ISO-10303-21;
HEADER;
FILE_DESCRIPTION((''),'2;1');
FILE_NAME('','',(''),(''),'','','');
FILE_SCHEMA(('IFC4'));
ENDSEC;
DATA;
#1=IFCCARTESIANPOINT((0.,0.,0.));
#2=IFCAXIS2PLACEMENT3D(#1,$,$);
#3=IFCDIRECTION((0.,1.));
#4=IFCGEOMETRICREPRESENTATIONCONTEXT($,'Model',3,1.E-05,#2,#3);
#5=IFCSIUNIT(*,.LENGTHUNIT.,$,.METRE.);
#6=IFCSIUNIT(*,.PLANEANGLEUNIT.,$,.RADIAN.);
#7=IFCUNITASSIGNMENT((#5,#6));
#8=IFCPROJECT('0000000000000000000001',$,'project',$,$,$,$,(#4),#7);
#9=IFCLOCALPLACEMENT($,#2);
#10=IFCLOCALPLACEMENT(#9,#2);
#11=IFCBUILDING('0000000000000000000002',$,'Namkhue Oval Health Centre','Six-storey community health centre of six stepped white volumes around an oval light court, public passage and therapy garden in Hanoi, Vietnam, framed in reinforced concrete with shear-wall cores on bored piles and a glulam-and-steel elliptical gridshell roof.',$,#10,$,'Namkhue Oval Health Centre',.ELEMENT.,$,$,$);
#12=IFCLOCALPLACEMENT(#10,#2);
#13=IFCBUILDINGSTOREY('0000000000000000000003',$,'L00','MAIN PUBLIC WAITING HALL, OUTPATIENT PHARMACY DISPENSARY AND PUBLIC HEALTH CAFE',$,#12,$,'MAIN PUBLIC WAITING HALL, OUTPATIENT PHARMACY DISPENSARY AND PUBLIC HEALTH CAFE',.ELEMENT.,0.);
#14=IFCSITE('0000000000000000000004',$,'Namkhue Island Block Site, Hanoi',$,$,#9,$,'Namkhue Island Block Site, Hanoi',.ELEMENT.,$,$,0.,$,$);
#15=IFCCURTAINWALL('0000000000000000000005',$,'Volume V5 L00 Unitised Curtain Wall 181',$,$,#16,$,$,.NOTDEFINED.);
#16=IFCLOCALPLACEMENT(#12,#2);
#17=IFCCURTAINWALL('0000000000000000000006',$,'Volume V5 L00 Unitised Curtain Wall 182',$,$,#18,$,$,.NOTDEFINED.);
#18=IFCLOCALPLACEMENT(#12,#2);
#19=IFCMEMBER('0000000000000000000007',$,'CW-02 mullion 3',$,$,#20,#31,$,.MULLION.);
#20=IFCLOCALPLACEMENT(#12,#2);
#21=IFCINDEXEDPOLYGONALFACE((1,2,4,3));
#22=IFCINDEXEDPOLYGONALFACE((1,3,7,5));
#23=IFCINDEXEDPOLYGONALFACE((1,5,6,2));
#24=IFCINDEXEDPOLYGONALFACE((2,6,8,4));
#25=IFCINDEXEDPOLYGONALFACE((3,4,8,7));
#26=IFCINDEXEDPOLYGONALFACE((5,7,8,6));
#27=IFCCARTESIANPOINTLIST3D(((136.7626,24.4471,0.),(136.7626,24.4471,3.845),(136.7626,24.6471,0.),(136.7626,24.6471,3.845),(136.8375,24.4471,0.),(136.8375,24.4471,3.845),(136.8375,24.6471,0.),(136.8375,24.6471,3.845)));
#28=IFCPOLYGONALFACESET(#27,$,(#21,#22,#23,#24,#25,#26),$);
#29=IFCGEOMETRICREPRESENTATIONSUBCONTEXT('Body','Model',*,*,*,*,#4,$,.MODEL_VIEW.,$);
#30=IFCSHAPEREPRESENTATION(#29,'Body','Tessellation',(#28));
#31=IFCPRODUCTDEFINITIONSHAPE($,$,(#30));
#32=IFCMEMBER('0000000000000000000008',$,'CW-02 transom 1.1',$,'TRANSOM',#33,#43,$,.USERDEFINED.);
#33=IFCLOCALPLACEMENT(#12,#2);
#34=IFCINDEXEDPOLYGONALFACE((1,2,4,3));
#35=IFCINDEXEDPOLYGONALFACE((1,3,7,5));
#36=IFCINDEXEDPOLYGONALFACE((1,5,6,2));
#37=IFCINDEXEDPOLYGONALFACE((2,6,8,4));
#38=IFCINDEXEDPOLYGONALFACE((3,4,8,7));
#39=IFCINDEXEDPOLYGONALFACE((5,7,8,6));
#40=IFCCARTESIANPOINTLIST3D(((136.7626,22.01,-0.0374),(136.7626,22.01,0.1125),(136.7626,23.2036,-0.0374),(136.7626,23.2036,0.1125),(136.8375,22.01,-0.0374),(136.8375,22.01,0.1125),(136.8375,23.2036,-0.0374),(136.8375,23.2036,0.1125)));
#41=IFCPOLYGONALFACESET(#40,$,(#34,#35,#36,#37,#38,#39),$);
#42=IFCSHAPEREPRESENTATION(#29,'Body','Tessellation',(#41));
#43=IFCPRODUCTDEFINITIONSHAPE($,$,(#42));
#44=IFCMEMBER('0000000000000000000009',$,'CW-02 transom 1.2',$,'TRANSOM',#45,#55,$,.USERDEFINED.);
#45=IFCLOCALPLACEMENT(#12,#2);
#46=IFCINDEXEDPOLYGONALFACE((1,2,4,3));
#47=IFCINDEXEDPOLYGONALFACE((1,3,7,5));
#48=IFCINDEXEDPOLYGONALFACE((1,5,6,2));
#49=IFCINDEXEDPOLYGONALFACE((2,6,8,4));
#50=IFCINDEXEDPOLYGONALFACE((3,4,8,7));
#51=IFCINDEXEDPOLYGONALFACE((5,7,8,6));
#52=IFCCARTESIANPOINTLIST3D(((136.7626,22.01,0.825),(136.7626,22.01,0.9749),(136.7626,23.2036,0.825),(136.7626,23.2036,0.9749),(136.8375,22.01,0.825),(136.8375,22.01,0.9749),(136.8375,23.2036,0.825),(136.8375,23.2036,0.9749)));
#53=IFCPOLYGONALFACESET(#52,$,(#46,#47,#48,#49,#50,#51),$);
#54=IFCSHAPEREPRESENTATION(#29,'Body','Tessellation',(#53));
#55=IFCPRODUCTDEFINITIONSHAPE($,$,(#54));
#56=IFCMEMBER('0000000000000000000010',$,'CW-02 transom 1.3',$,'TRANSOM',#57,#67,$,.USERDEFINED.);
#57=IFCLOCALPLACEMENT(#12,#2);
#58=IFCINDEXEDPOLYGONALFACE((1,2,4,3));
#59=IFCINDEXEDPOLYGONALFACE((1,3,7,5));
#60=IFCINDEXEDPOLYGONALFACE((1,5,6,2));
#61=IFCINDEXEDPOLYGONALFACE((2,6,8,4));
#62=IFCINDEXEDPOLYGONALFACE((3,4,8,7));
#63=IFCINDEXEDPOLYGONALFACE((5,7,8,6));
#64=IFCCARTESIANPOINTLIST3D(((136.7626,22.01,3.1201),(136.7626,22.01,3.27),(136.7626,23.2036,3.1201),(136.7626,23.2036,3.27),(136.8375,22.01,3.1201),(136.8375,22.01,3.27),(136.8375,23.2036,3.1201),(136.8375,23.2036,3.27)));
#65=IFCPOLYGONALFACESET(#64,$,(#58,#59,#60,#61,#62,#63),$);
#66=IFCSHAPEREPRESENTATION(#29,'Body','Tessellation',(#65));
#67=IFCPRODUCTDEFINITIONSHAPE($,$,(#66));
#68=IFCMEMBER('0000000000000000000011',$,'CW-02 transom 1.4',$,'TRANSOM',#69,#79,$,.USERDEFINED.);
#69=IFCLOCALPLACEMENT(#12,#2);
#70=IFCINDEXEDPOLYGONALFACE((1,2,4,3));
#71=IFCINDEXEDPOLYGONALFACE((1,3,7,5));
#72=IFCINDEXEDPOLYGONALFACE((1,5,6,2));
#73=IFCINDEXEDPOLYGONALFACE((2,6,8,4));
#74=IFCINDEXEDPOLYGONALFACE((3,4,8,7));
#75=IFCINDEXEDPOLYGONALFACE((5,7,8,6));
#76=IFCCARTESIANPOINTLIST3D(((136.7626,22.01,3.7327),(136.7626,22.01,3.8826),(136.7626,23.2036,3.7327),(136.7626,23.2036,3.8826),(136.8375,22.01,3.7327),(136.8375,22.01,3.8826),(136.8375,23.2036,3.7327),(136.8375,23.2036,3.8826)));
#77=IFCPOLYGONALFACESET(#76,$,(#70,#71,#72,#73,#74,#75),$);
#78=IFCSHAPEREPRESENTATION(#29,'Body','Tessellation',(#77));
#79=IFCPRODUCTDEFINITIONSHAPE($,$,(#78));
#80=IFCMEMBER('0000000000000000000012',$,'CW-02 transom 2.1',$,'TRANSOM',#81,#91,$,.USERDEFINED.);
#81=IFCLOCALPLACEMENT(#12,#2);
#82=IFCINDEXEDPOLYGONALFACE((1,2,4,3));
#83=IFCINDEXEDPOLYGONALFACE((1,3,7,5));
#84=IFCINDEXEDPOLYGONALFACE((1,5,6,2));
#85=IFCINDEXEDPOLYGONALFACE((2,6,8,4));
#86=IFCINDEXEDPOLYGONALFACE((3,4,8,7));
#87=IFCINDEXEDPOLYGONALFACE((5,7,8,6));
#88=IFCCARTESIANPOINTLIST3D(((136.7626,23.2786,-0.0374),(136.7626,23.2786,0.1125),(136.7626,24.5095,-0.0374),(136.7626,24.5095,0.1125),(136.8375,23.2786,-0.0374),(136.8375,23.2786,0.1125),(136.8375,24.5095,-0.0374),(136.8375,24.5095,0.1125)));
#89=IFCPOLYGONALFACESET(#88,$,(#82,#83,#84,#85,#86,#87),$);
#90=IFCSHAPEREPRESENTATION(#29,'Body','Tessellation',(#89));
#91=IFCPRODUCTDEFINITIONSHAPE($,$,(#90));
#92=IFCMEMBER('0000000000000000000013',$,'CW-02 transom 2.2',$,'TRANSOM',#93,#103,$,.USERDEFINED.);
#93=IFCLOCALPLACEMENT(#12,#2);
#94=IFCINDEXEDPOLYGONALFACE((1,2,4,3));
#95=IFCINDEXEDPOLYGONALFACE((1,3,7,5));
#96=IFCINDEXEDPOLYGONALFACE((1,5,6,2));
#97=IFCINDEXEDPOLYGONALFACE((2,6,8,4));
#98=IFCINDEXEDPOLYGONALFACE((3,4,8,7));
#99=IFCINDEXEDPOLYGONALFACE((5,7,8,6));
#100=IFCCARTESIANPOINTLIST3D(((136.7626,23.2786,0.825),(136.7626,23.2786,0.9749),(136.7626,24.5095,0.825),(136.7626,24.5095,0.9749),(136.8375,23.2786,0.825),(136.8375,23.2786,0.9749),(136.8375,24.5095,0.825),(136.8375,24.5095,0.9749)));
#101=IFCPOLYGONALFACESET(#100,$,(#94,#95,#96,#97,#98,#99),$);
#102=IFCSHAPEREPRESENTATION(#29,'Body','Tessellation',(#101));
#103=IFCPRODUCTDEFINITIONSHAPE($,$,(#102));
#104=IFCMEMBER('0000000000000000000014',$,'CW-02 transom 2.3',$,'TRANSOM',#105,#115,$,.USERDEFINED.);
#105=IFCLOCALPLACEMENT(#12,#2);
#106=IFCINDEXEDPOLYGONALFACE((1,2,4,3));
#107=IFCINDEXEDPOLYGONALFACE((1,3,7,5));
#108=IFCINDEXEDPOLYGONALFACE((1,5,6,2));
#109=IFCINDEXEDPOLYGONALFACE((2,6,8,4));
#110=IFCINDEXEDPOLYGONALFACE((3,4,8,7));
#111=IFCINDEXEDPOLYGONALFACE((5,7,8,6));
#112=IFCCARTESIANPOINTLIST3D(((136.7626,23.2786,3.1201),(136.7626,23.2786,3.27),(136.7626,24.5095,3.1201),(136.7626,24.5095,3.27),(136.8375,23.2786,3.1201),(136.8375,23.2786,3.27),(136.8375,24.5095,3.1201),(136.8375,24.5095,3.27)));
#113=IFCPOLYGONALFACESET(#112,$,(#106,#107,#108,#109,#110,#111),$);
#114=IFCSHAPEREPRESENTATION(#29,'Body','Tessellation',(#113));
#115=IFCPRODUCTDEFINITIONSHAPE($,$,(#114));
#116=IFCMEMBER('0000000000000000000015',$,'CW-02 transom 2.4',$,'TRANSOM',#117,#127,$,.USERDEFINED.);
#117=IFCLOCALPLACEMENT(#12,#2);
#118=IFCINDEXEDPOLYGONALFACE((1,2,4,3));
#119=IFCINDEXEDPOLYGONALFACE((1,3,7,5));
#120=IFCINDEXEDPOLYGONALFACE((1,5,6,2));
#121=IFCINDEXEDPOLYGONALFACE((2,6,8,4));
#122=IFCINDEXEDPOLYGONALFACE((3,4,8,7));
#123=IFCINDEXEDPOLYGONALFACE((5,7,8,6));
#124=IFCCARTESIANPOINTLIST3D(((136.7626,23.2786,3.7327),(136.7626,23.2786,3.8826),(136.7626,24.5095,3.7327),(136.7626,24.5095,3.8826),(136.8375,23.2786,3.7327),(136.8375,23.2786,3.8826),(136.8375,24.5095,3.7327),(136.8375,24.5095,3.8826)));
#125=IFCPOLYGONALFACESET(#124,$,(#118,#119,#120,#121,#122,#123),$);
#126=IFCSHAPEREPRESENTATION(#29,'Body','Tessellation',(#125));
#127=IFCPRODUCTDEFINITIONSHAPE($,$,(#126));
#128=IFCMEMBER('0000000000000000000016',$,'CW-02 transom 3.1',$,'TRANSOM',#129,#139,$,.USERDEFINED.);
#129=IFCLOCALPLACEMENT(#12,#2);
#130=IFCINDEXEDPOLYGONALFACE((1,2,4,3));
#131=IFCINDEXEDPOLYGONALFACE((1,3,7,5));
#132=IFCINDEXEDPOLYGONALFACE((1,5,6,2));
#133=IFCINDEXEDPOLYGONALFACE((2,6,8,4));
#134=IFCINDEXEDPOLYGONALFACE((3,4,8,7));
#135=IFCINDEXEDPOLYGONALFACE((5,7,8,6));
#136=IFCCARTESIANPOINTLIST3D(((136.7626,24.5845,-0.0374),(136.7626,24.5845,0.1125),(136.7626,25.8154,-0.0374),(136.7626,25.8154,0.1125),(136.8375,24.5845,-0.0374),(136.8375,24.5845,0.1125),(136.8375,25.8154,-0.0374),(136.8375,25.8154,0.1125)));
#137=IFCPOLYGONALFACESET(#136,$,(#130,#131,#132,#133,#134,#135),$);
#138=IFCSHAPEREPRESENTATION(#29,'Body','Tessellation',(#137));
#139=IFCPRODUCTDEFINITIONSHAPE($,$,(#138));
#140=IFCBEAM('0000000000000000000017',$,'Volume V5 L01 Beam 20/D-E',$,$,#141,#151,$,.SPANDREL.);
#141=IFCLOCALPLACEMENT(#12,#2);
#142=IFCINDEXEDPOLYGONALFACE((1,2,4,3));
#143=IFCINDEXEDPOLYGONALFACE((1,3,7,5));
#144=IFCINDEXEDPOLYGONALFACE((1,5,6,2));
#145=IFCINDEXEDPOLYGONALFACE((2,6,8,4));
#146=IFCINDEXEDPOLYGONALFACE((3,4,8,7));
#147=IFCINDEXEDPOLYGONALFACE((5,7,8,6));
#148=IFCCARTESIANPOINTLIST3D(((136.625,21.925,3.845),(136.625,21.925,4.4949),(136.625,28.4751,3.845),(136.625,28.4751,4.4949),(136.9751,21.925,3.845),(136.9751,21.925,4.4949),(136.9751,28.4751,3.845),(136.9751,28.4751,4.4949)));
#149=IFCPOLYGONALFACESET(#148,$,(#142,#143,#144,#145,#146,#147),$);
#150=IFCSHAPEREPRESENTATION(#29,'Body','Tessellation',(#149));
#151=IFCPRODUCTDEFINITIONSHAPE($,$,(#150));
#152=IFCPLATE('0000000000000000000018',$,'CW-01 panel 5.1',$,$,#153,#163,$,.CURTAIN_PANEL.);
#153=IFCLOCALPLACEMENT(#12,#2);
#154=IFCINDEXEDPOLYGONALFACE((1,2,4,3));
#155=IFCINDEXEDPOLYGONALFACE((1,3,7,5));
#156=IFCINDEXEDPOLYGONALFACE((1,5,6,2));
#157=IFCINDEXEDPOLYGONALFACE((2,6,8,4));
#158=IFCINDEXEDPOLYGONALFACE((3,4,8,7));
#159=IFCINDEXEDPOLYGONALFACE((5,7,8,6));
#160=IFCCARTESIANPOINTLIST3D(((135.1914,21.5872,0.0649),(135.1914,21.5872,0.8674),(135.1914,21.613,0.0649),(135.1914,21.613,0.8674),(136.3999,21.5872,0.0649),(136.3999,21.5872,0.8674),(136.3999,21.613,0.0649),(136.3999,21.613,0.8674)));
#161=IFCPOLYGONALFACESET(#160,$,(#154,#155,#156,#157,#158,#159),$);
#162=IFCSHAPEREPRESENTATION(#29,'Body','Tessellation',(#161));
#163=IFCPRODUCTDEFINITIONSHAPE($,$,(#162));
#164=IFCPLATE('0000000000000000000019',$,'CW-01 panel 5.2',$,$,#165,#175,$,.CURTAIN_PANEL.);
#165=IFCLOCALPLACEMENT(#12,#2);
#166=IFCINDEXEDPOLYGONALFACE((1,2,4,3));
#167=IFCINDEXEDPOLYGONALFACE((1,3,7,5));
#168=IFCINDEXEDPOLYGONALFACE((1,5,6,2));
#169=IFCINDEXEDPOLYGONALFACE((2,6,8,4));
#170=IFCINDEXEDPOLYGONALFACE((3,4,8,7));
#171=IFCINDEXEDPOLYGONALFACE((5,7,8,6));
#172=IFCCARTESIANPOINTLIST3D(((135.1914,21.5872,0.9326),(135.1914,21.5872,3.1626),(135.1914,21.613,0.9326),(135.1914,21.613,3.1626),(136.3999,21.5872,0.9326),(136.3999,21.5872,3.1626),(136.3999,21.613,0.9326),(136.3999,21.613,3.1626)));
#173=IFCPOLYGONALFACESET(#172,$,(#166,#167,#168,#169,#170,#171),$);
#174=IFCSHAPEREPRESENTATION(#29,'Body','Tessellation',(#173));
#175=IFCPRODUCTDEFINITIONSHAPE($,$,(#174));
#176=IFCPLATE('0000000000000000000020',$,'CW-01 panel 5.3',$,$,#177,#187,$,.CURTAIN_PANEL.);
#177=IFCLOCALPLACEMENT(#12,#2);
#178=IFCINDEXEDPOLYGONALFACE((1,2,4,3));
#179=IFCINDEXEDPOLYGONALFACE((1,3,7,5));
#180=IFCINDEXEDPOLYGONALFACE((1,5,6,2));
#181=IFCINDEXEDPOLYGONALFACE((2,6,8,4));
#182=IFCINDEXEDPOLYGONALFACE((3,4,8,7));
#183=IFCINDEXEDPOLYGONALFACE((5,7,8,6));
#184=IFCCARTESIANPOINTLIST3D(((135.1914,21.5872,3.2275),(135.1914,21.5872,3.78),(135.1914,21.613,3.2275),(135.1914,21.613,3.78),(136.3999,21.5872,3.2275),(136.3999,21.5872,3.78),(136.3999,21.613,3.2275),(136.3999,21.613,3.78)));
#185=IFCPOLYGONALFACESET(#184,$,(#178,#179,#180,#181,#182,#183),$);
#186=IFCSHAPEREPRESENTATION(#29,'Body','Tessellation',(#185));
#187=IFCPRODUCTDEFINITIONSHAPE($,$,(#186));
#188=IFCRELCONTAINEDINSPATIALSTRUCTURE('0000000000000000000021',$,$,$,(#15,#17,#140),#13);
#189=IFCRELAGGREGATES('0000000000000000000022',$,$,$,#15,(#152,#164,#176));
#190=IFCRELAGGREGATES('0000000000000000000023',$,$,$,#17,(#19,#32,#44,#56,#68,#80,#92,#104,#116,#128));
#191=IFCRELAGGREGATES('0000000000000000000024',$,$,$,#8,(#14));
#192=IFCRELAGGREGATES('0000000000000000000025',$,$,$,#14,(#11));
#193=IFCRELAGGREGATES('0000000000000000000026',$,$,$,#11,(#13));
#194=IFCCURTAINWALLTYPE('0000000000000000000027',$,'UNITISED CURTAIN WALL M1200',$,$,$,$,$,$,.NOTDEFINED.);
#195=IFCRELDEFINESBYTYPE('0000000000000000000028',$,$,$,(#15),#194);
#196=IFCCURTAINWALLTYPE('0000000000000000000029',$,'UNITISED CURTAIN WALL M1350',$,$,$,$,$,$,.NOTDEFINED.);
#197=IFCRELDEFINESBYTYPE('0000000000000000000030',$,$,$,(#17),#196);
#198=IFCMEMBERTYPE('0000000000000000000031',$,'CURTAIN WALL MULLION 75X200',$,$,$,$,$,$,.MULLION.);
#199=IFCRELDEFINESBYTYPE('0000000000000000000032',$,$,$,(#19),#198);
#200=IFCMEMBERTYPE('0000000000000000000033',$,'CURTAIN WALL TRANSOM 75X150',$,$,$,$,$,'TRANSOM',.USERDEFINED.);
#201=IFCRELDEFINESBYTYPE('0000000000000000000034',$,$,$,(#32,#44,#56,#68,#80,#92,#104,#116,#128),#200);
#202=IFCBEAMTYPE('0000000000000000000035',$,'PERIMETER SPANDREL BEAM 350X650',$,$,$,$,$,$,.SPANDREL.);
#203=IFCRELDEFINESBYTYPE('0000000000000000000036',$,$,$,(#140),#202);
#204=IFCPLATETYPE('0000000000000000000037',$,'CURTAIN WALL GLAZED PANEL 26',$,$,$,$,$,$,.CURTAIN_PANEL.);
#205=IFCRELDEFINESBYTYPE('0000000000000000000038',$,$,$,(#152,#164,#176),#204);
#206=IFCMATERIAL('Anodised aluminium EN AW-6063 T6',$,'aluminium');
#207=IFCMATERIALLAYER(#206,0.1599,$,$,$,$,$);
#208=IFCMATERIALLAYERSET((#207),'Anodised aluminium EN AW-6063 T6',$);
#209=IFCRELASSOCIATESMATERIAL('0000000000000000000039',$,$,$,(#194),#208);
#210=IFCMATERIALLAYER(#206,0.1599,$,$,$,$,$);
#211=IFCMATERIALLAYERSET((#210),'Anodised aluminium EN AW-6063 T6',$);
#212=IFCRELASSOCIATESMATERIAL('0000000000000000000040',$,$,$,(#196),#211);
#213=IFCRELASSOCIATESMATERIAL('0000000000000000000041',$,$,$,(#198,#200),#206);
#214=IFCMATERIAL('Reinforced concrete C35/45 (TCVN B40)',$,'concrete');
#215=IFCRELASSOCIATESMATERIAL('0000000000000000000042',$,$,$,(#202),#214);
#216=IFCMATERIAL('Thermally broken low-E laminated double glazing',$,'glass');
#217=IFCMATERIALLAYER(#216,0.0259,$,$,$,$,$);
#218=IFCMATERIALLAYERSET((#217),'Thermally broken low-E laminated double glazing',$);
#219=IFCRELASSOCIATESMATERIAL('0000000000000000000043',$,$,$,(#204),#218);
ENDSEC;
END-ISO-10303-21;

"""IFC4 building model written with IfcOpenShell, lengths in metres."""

from ifc_helpers import new_model, si_unit, direction, frame, origin, origin_2d, place, context, subcontext, project, spatial, rectangle, extrude, material, layer, layer_set, material_profile, profile_set, type_object, element, aggregate, save


model = new_model("IFC4")

# Units and contexts
model_context = context("Model", 3, precision=1e-05, world=origin(), true_north=direction((0.0, 1.0)))
body_context = subcontext(model_context, "Body", "Model", "MODEL_VIEW")
ifc_project = project(units=[si_unit("LENGTHUNIT", "METRE"), si_unit("PLANEANGLEUNIT", "RADIAN")], contexts=[model_context])

# Site, building, storey
site_placement = place(None, origin())
site = spatial("IfcSite", under=ifc_project, at=site_placement, Name="Namkhue Island Block Site, Hanoi", LongName="Namkhue Island Block Site, Hanoi", CompositionType="ELEMENT", RefElevation=0.0)
building_placement = place(site_placement, origin())
building = spatial("IfcBuilding", under=site, at=building_placement, Name="Namkhue Oval Health Centre", Description="Six-storey community health centre of six stepped white volumes around an oval light court, public passage and therapy garden in Hanoi, Vietnam, framed in reinforced concrete with shear-wall cores on bored piles and a glulam-and-steel elliptical gridshell roof.", LongName="Namkhue Oval Health Centre", CompositionType="ELEMENT")
storey_placement = place(building_placement, origin())
storey = spatial("IfcBuildingStorey", under=building, at=storey_placement, Name="L00", Description="MAIN PUBLIC WAITING HALL, OUTPATIENT PHARMACY DISPENSARY AND PUBLIC HEALTH CAFE", LongName="MAIN PUBLIC WAITING HALL, OUTPATIENT PHARMACY DISPENSARY AND PUBLIC HEALTH CAFE", CompositionType="ELEMENT", Elevation=0.0)

# Shared definitions
ifc_material_1 = material(Name="Reinforced concrete C35/45 (TCVN B40)", Category="concrete")

# Curtain wall
ifc_material_2 = material(Name="Anodised aluminium EN AW-6063 T6", Category="aluminium")
ifc_layer_1 = layer(ifc_material_2, 0.1599)
ifc_layer_set_1 = layer_set([ifc_layer_1], Name="Anodised aluminium EN AW-6063 T6")
curtain_wall_type_1 = type_object("IfcCurtainWallType", Name="UNITISED CURTAIN WALL M1200", PredefinedType="NOTDEFINED", material=ifc_layer_set_1)
curtain_wall_1_placement = place(storey_placement, origin())
curtain_wall_1 = element("IfcCurtainWall", 1, at=curtain_wall_1_placement, inside=storey, type_object=curtain_wall_type_1, Name="Volume V5 L00 Unitised Curtain Wall 181", PredefinedType="NOTDEFINED")

# Curtain wall, members
ifc_layer_2 = layer(ifc_material_2, 0.1599)
ifc_layer_set_2 = layer_set([ifc_layer_2], Name="Anodised aluminium EN AW-6063 T6")
curtain_wall_type_2 = type_object("IfcCurtainWallType", Name="UNITISED CURTAIN WALL M1350", PredefinedType="NOTDEFINED", material=ifc_layer_set_2)
curtain_wall_2_placement = place(storey_placement, origin())
curtain_wall_2 = element("IfcCurtainWall", 2, at=curtain_wall_2_placement, inside=storey, type_object=curtain_wall_type_2, Name="Volume V5 L00 Unitised Curtain Wall 182", PredefinedType="NOTDEFINED")
ifc_material_profile_1 = material_profile(ifc_material_2, rectangle(XDim=0.075, YDim=0.2, at=origin_2d()), Name="ALU 75x200")
ifc_profile_set_1 = profile_set([ifc_material_profile_1], Name="Anodised aluminium EN AW-6063 T6")
member_type_1 = type_object("IfcMemberType", Name="CURTAIN WALL MULLION 75X200", PredefinedType="MULLION", material=ifc_profile_set_1)
member_1_placement = place(storey_placement, frame((136.8, 24.5471, 0.0), z_axis=(0.0, 0.0, 1.0), x_axis=(-1.0, 0.0, 0.0)))
member_1 = element("IfcMember", 3, at=member_1_placement, type_object=member_type_1, Name="CW-02 mullion 3", PredefinedType="MULLION", context=body_context, shape_type="SweptSolid", body=[
    extrude(rectangle(XDim=0.075, YDim=0.2, at=origin_2d()), origin(), (0.0, 0.0, 1.0), 3.845),
])
ifc_material_profile_2 = material_profile(ifc_material_2, rectangle(XDim=0.075, YDim=0.1499, at=origin_2d()), Name="ALU 75x150")
ifc_profile_set_2 = profile_set([ifc_material_profile_2], Name="Anodised aluminium EN AW-6063 T6")
member_type_2 = type_object("IfcMemberType", Name="CURTAIN WALL TRANSOM 75X150", ElementType="TRANSOM", PredefinedType="USERDEFINED", material=ifc_profile_set_2)
member_2_placement = place(storey_placement, frame((136.8, 22.01, 0.0376), z_axis=(0.0, 1.0, 0.0), x_axis=(-1.0, 0.0, 0.0)))
member_2 = element("IfcMember", 4, at=member_2_placement, type_object=member_type_2, Name="CW-02 transom 1.1", ObjectType="TRANSOM", PredefinedType="USERDEFINED", context=body_context, shape_type="SweptSolid", body=[
    extrude(rectangle(XDim=0.075, YDim=0.1499, at=origin_2d()), origin(), (0.0, 0.0, 1.0), 1.1936),
])
member_3_placement = place(storey_placement, frame((136.8, 22.01, 0.8999), z_axis=(0.0, 1.0, 0.0), x_axis=(-1.0, 0.0, 0.0)))
member_3 = element("IfcMember", 5, at=member_3_placement, type_object=member_type_2, Name="CW-02 transom 1.2", ObjectType="TRANSOM", PredefinedType="USERDEFINED", context=body_context, shape_type="SweptSolid", body=[
    extrude(rectangle(XDim=0.075, YDim=0.1499, at=origin_2d()), origin(), (0.0, 0.0, 1.0), 1.1936),
])
member_4_placement = place(storey_placement, frame((136.8, 22.01, 3.1951), z_axis=(0.0, 1.0, 0.0), x_axis=(-1.0, 0.0, 0.0)))
member_4 = element("IfcMember", 6, at=member_4_placement, type_object=member_type_2, Name="CW-02 transom 1.3", ObjectType="TRANSOM", PredefinedType="USERDEFINED", context=body_context, shape_type="SweptSolid", body=[
    extrude(rectangle(XDim=0.075, YDim=0.1499, at=origin_2d()), origin(), (0.0, 0.0, 1.0), 1.1936),
])
member_5_placement = place(storey_placement, frame((136.8, 22.01, 3.8076), z_axis=(0.0, 1.0, 0.0), x_axis=(-1.0, 0.0, 0.0)))
member_5 = element("IfcMember", 7, at=member_5_placement, type_object=member_type_2, Name="CW-02 transom 1.4", ObjectType="TRANSOM", PredefinedType="USERDEFINED", context=body_context, shape_type="SweptSolid", body=[
    extrude(rectangle(XDim=0.075, YDim=0.1499, at=origin_2d()), origin(), (0.0, 0.0, 1.0), 1.1936),
])
member_6_placement = place(storey_placement, frame((136.8, 23.2786, 0.0376), z_axis=(0.0, 1.0, 0.0), x_axis=(-1.0, 0.0, 0.0)))
member_6 = element("IfcMember", 8, at=member_6_placement, type_object=member_type_2, Name="CW-02 transom 2.1", ObjectType="TRANSOM", PredefinedType="USERDEFINED", context=body_context, shape_type="SweptSolid", body=[
    extrude(rectangle(XDim=0.075, YDim=0.1499, at=origin_2d()), origin(), (0.0, 0.0, 1.0), 1.231),
])
member_7_placement = place(storey_placement, frame((136.8, 23.2786, 0.8999), z_axis=(0.0, 1.0, 0.0), x_axis=(-1.0, 0.0, 0.0)))
member_7 = element("IfcMember", 9, at=member_7_placement, type_object=member_type_2, Name="CW-02 transom 2.2", ObjectType="TRANSOM", PredefinedType="USERDEFINED", context=body_context, shape_type="SweptSolid", body=[
    extrude(rectangle(XDim=0.075, YDim=0.1499, at=origin_2d()), origin(), (0.0, 0.0, 1.0), 1.231),
])
member_8_placement = place(storey_placement, frame((136.8, 23.2786, 3.1951), z_axis=(0.0, 1.0, 0.0), x_axis=(-1.0, 0.0, 0.0)))
member_8 = element("IfcMember", 10, at=member_8_placement, type_object=member_type_2, Name="CW-02 transom 2.3", ObjectType="TRANSOM", PredefinedType="USERDEFINED", context=body_context, shape_type="SweptSolid", body=[
    extrude(rectangle(XDim=0.075, YDim=0.1499, at=origin_2d()), origin(), (0.0, 0.0, 1.0), 1.231),
])
member_9_placement = place(storey_placement, frame((136.8, 23.2786, 3.8076), z_axis=(0.0, 1.0, 0.0), x_axis=(-1.0, 0.0, 0.0)))
member_9 = element("IfcMember", 11, at=member_9_placement, type_object=member_type_2, Name="CW-02 transom 2.4", ObjectType="TRANSOM", PredefinedType="USERDEFINED", context=body_context, shape_type="SweptSolid", body=[
    extrude(rectangle(XDim=0.075, YDim=0.1499, at=origin_2d()), origin(), (0.0, 0.0, 1.0), 1.231),
])
member_10_placement = place(storey_placement, frame((136.8, 24.5845, 0.0376), z_axis=(0.0, 1.0, 0.0), x_axis=(-1.0, 0.0, 0.0)))
member_10 = element("IfcMember", 12, at=member_10_placement, type_object=member_type_2, Name="CW-02 transom 3.1", ObjectType="TRANSOM", PredefinedType="USERDEFINED", context=body_context, shape_type="SweptSolid", body=[
    extrude(rectangle(XDim=0.075, YDim=0.1499, at=origin_2d()), origin(), (0.0, 0.0, 1.0), 1.231),
])

# Beam
ifc_material_profile_3 = material_profile(ifc_material_1, rectangle(XDim=0.3501, YDim=0.6499, at=origin_2d()), Name="RC 350x650")
ifc_profile_set_3 = profile_set([ifc_material_profile_3], Name="Reinforced concrete C35/45 (TCVN B40)")
beam_type = type_object("IfcBeamType", Name="PERIMETER SPANDREL BEAM 350X650", PredefinedType="SPANDREL", material=ifc_profile_set_3)
beam_placement = place(storey_placement, frame((136.8, 21.925, 4.1699), z_axis=(0.0, 1.0, 0.0), x_axis=(-1.0, 0.0, 0.0)))
element("IfcBeam", 13, at=beam_placement, inside=storey, type_object=beam_type, Name="Volume V5 L01 Beam 20/D-E", PredefinedType="SPANDREL", context=body_context, shape_type="SweptSolid", body=[
    extrude(rectangle(XDim=0.3501, YDim=0.6499, at=origin_2d()), origin(), (0.0, 0.0, 1.0), 6.55),
])

# Plates
ifc_material_3 = material(Name="Thermally broken low-E laminated double glazing", Category="glass")
ifc_layer_3 = layer(ifc_material_3, 0.0259)
ifc_layer_set_3 = layer_set([ifc_layer_3], Name="Thermally broken low-E laminated double glazing")
plate_type_1 = type_object("IfcPlateType", Name="CURTAIN WALL GLAZED PANEL 26", PredefinedType="CURTAIN_PANEL", material=ifc_layer_set_3)
plate_1_placement = place(storey_placement, frame((135.7957, 21.6001, 0.0649), z_axis=(0.0, 0.0, 1.0), x_axis=(1.0, 0.0, 0.0)))
plate_1 = element("IfcPlate", 14, at=plate_1_placement, type_object=plate_type_1, Name="CW-01 panel 5.1", PredefinedType="CURTAIN_PANEL", context=body_context, shape_type="SweptSolid", body=[
    extrude(rectangle(XDim=1.2085, YDim=0.0259, at=origin_2d()), origin(), (0.0, 0.0, 1.0), 0.8025),
])
plate_2_placement = place(storey_placement, frame((135.7957, 21.6001, 0.9326), z_axis=(0.0, 0.0, 1.0), x_axis=(1.0, 0.0, 0.0)))
plate_2 = element("IfcPlate", 15, at=plate_2_placement, type_object=plate_type_1, Name="CW-01 panel 5.2", PredefinedType="CURTAIN_PANEL", context=body_context, shape_type="SweptSolid", body=[
    extrude(rectangle(XDim=1.2085, YDim=0.0259, at=origin_2d()), origin(), (0.0, 0.0, 1.0), 2.23),
])
plate_3_placement = place(storey_placement, frame((135.7957, 21.6001, 3.2275), z_axis=(0.0, 0.0, 1.0), x_axis=(1.0, 0.0, 0.0)))
plate_3 = element("IfcPlate", 16, at=plate_3_placement, type_object=plate_type_1, Name="CW-01 panel 5.3", PredefinedType="CURTAIN_PANEL", context=body_context, shape_type="SweptSolid", body=[
    extrude(rectangle(XDim=1.2085, YDim=0.0259, at=origin_2d()), origin(), (0.0, 0.0, 1.0), 0.5525),
])
aggregate(curtain_wall_1, [plate_1, plate_2, plate_3])
aggregate(curtain_wall_2, [member_1, member_2, member_3, member_4, member_5, member_6, member_7, member_8, member_9, member_10])

save(model, "model.ifc")
